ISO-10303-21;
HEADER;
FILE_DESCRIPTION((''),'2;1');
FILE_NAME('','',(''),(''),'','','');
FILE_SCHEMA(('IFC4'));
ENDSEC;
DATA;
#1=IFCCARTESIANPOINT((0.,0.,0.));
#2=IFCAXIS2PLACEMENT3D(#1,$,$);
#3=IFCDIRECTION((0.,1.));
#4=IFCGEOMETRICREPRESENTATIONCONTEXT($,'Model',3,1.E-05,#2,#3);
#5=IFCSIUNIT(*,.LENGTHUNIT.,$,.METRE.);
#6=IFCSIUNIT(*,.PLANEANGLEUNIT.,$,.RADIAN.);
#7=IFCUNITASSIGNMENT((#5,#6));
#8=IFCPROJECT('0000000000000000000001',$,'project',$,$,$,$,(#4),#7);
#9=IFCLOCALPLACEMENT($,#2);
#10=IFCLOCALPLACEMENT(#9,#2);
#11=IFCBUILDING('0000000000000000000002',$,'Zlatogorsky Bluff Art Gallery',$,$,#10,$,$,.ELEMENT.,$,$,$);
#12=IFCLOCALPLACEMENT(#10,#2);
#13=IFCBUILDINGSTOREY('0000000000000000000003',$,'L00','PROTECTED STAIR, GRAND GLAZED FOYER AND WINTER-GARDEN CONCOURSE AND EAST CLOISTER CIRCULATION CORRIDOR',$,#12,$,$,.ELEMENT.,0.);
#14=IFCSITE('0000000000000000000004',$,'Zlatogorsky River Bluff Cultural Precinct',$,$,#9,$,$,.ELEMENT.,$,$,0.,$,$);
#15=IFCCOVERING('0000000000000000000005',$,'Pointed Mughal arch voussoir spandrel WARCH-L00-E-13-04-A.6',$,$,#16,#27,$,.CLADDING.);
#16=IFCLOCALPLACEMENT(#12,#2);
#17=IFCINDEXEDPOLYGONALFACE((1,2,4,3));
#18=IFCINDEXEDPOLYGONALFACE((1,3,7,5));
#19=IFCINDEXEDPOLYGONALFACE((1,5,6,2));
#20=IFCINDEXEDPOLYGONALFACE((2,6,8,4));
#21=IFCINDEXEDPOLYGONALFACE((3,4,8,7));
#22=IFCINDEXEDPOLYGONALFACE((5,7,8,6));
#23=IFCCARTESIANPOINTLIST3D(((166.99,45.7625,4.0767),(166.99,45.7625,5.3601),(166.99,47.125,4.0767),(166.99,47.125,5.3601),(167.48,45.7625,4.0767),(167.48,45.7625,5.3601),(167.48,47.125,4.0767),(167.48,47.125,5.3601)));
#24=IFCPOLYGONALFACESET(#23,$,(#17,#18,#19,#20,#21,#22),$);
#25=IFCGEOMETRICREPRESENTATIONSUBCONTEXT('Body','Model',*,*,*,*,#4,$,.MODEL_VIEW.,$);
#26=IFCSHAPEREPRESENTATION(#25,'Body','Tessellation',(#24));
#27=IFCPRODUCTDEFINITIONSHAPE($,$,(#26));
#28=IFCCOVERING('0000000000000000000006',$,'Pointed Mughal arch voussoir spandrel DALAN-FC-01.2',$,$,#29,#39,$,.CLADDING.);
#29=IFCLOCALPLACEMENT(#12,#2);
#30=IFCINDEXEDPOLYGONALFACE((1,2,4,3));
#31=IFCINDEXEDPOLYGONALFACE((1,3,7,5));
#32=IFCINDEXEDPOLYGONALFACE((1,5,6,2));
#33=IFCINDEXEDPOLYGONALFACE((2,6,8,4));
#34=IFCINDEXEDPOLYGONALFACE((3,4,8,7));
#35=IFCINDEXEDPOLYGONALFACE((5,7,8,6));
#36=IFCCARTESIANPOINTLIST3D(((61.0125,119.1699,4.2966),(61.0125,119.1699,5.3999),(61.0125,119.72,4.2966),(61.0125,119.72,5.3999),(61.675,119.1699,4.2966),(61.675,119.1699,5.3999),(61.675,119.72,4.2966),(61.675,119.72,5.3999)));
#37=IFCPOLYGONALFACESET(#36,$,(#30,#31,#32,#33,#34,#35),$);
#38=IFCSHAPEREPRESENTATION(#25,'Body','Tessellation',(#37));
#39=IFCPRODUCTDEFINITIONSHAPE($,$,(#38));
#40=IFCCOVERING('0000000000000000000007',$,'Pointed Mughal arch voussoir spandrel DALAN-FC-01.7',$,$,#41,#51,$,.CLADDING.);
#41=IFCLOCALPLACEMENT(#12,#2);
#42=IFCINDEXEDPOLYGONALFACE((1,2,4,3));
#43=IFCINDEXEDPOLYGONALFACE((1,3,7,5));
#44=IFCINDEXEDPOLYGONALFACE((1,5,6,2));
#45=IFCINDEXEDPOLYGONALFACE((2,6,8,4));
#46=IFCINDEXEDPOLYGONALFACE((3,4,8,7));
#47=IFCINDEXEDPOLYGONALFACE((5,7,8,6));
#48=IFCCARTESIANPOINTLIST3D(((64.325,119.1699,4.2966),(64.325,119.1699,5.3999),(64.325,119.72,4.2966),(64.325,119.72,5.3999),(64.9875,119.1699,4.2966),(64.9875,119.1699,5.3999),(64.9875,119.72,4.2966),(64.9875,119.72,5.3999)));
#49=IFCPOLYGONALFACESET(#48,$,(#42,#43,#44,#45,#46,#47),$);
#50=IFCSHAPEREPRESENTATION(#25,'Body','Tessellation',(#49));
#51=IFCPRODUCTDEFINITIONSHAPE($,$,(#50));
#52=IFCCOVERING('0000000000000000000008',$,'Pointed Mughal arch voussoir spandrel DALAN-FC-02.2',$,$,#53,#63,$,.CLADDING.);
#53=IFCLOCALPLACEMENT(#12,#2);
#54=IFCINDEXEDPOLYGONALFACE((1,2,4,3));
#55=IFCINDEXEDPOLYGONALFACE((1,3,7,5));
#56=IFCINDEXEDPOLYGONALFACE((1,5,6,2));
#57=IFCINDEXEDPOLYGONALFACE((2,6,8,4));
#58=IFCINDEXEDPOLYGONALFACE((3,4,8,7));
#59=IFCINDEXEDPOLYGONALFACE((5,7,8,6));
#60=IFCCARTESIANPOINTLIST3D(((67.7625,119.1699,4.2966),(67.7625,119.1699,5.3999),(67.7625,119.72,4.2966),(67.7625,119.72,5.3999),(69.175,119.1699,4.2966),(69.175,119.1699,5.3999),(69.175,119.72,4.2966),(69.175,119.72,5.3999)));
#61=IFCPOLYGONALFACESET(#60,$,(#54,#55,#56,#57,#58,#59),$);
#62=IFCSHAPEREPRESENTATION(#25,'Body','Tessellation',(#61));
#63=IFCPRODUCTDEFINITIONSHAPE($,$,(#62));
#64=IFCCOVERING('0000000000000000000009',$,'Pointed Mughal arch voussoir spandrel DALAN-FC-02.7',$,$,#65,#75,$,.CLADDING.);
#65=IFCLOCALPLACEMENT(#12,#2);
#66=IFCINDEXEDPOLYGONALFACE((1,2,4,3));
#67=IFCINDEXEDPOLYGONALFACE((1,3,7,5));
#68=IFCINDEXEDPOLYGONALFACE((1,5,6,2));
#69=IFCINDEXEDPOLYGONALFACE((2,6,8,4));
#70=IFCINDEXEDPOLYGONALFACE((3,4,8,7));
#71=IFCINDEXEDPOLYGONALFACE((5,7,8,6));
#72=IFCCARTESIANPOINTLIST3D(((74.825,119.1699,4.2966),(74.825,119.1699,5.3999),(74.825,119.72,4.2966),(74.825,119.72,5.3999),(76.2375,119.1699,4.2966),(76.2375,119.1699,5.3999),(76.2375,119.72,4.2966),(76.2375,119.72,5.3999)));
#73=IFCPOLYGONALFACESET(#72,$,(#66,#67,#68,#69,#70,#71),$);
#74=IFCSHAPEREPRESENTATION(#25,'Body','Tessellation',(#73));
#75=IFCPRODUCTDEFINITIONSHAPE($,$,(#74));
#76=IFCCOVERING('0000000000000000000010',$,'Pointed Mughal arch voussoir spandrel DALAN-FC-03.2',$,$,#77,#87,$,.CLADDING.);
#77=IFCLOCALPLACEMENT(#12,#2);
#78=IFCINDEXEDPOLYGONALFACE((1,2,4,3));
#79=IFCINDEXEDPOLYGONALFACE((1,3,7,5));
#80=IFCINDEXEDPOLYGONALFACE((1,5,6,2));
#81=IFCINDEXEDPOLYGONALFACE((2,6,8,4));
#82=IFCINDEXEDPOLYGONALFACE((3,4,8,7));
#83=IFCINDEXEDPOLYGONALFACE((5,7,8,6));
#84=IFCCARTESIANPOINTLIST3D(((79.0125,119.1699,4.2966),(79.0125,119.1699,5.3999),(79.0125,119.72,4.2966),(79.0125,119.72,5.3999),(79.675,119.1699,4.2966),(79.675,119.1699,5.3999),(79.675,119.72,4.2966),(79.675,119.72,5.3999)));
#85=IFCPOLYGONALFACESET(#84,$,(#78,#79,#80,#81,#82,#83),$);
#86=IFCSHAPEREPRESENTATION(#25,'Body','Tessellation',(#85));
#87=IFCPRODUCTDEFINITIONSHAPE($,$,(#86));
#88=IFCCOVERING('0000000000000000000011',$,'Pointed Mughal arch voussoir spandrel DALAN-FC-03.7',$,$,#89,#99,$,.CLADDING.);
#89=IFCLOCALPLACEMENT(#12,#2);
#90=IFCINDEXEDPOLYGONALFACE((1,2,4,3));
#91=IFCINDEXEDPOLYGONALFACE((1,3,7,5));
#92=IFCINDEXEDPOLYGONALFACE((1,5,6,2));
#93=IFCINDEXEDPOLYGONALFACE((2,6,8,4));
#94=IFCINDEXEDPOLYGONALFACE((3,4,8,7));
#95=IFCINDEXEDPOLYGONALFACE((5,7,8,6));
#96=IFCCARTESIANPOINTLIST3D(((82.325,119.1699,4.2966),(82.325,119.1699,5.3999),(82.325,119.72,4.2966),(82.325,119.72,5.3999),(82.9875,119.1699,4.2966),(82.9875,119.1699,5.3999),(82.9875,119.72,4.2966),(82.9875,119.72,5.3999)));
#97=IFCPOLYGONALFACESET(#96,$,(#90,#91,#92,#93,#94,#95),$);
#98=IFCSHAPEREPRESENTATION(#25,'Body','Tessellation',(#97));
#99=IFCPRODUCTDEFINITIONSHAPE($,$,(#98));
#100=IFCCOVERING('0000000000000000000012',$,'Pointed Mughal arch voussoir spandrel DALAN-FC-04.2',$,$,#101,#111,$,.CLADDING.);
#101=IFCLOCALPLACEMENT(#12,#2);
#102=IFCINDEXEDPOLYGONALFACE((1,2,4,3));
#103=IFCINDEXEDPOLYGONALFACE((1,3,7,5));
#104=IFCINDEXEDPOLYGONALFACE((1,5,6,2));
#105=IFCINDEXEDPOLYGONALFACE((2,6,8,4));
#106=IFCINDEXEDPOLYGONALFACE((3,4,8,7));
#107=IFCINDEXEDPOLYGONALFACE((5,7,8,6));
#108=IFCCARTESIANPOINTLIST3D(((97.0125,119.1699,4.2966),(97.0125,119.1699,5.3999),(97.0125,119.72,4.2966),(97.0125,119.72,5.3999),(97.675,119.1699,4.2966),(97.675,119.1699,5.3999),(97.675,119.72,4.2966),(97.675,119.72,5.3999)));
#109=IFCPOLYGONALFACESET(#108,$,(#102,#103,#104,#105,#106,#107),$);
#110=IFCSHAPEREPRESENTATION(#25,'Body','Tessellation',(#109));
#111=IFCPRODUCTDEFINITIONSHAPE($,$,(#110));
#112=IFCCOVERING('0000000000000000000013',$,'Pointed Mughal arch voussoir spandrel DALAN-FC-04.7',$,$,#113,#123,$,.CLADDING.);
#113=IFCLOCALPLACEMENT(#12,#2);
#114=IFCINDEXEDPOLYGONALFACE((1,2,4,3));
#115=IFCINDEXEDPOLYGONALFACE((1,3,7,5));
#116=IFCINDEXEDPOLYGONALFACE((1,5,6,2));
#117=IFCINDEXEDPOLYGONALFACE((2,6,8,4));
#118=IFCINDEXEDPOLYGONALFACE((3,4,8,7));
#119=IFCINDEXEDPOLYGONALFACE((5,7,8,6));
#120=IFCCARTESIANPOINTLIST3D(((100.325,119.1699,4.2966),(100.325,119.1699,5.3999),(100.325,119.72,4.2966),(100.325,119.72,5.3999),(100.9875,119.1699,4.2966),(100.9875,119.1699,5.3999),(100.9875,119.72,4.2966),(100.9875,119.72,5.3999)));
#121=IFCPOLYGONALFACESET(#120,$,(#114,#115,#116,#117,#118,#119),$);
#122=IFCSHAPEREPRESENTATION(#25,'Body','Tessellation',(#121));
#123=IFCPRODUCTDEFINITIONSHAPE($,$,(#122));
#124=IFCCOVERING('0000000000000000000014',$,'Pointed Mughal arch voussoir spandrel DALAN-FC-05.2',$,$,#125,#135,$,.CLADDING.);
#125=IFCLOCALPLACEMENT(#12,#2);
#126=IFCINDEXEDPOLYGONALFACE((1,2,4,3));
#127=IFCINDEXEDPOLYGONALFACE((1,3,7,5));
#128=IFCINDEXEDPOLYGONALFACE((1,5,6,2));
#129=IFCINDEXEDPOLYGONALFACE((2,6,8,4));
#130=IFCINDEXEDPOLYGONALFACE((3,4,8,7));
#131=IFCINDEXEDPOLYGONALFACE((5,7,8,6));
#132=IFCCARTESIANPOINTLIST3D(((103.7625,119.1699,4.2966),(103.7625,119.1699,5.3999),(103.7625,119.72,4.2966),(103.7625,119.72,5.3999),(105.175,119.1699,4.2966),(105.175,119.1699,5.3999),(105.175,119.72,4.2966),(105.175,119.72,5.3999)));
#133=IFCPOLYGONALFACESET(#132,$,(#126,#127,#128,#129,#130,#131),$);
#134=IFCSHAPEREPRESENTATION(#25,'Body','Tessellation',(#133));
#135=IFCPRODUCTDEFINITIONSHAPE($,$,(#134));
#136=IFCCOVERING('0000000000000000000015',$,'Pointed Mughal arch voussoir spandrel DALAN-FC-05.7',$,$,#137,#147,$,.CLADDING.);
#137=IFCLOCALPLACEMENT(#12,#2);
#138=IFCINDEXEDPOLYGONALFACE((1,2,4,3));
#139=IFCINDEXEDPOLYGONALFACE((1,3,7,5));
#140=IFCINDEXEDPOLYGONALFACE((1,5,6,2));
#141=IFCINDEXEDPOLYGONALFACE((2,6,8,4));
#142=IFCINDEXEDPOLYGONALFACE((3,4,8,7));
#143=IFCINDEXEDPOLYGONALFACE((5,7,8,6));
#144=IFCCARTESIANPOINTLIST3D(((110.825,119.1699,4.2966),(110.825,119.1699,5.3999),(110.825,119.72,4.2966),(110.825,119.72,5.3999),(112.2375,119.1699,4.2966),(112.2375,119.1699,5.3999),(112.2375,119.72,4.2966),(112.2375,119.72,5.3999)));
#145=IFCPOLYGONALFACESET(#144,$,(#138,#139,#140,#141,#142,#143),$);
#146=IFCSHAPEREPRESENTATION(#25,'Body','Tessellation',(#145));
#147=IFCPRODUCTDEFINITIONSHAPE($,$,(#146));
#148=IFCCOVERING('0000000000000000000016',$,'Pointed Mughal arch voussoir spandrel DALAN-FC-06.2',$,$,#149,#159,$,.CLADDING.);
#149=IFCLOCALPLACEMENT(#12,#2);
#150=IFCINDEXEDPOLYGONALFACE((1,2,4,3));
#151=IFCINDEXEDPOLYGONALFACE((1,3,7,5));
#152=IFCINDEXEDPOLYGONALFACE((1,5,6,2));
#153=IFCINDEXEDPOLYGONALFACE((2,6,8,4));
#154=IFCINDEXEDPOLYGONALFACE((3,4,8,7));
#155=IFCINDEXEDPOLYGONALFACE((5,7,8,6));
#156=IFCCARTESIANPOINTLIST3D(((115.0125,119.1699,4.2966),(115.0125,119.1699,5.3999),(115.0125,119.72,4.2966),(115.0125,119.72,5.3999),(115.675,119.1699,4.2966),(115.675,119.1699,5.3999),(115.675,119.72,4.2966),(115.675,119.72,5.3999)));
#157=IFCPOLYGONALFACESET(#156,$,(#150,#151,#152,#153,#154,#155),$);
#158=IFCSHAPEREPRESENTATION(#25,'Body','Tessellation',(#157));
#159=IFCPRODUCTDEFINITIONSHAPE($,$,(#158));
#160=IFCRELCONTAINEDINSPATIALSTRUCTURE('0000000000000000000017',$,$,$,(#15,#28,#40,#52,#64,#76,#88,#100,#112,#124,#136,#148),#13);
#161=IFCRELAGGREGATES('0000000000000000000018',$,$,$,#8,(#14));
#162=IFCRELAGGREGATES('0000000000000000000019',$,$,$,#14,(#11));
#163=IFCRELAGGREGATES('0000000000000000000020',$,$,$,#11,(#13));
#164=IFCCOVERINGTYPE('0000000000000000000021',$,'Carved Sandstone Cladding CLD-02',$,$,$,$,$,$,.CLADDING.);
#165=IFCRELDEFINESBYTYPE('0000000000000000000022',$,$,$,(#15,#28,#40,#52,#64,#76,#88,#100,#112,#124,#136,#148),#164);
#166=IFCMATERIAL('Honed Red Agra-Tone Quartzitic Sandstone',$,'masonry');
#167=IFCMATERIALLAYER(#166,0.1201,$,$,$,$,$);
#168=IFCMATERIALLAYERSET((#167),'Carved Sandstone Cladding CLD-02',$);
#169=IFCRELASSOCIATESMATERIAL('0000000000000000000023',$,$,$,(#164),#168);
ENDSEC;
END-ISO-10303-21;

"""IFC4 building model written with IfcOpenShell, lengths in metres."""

from ifc_helpers import new_model, si_unit, direction, frame, origin, place, context, subcontext, project, spatial, polyline, outline, extrude, material, layer, layer_set, type_object, element, save


model = new_model("IFC4")

# Units and contexts
model_context = context("Model", 3, precision=1e-05, world=origin(), true_north=direction((0.0, 1.0)))
body_context = subcontext(model_context, "Body", "Model", "MODEL_VIEW")
ifc_project = project(units=[si_unit("LENGTHUNIT", "METRE"), si_unit("PLANEANGLEUNIT", "RADIAN")], contexts=[model_context])

# Site, building, storey
site_placement = place(None, origin())
site = spatial("IfcSite", under=ifc_project, at=site_placement, Name="Zlatogorsky River Bluff Cultural Precinct", CompositionType="ELEMENT", RefElevation=0.0)
building_placement = place(site_placement, origin())
building = spatial("IfcBuilding", under=site, at=building_placement, Name="Zlatogorsky Bluff Art Gallery", CompositionType="ELEMENT")
storey_placement = place(building_placement, origin())
storey = spatial("IfcBuildingStorey", under=building, at=storey_placement, Name="L00", Description="PROTECTED STAIR, GRAND GLAZED FOYER AND WINTER-GARDEN CONCOURSE AND EAST CLOISTER CIRCULATION CORRIDOR", CompositionType="ELEMENT", Elevation=0.0)

# Coverings
ifc_material = material(Name="Honed Red Agra-Tone Quartzitic Sandstone", Category="masonry")
ifc_layer = layer(ifc_material, 0.1201)
ifc_layer_set = layer_set([ifc_layer], Name="Carved Sandstone Cladding CLD-02")
covering_type = type_object("IfcCoveringType", Name="Carved Sandstone Cladding CLD-02", PredefinedType="CLADDING", material=ifc_layer_set)
covering_1_placement = place(storey_placement, frame((0.0, 0.0, 4.0767)))
element("IfcCovering", 1, at=covering_1_placement, inside=storey, type_object=covering_type, Name="Pointed Mughal arch voussoir spandrel WARCH-L00-E-13-04-A.6", PredefinedType="CLADDING", context=body_context, shape_type="SweptSolid", body=[
    extrude(outline(polyline([(166.99, 45.7625), (166.99, 47.125), (167.48, 47.125), (167.48, 45.7625), (166.99, 45.7625)])), origin(), (0.0, 0.0, 1.0), 1.2834),
])
covering_2_placement = place(storey_placement, frame((0.0, 0.0, 4.2966)))
element("IfcCovering", 2, at=covering_2_placement, inside=storey, type_object=covering_type, Name="Pointed Mughal arch voussoir spandrel DALAN-FC-01.2", PredefinedType="CLADDING", context=body_context, shape_type="SweptSolid", body=[
    extrude(outline(polyline([(61.0125, 119.1699), (61.675, 119.1699), (61.675, 119.72), (61.0125, 119.72), (61.0125, 119.1699)])), origin(), (0.0, 0.0, 1.0), 1.1033),
])
covering_3_placement = place(storey_placement, frame((0.0, 0.0, 4.2966)))
element("IfcCovering", 3, at=covering_3_placement, inside=storey, type_object=covering_type, Name="Pointed Mughal arch voussoir spandrel DALAN-FC-01.7", PredefinedType="CLADDING", context=body_context, shape_type="SweptSolid", body=[
    extrude(outline(polyline([(64.325, 119.1699), (64.9875, 119.1699), (64.9875, 119.72), (64.325, 119.72), (64.325, 119.1699)])), origin(), (0.0, 0.0, 1.0), 1.1033),
])
covering_4_placement = place(storey_placement, frame((0.0, 0.0, 4.2966)))
element("IfcCovering", 4, at=covering_4_placement, inside=storey, type_object=covering_type, Name="Pointed Mughal arch voussoir spandrel DALAN-FC-02.2", PredefinedType="CLADDING", context=body_context, shape_type="SweptSolid", body=[
    extrude(outline(polyline([(67.7625, 119.1699), (69.175, 119.1699), (69.175, 119.72), (67.7625, 119.72), (67.7625, 119.1699)])), origin(), (0.0, 0.0, 1.0), 1.1033),
])
covering_5_placement = place(storey_placement, frame((0.0, 0.0, 4.2966)))
element("IfcCovering", 5, at=covering_5_placement, inside=storey, type_object=covering_type, Name="Pointed Mughal arch voussoir spandrel DALAN-FC-02.7", PredefinedType="CLADDING", context=body_context, shape_type="SweptSolid", body=[
    extrude(outline(polyline([(74.825, 119.1699), (76.2375, 119.1699), (76.2375, 119.72), (74.825, 119.72), (74.825, 119.1699)])), origin(), (0.0, 0.0, 1.0), 1.1033),
])
covering_6_placement = place(storey_placement, frame((0.0, 0.0, 4.2966)))
element("IfcCovering", 6, at=covering_6_placement, inside=storey, type_object=covering_type, Name="Pointed Mughal arch voussoir spandrel DALAN-FC-03.2", PredefinedType="CLADDING", context=body_context, shape_type="SweptSolid", body=[
    extrude(outline(polyline([(79.0125, 119.1699), (79.675, 119.1699), (79.675, 119.72), (79.0125, 119.72), (79.0125, 119.1699)])), origin(), (0.0, 0.0, 1.0), 1.1033),
])
covering_7_placement = place(storey_placement, frame((0.0, 0.0, 4.2966)))
element("IfcCovering", 7, at=covering_7_placement, inside=storey, type_object=covering_type, Name="Pointed Mughal arch voussoir spandrel DALAN-FC-03.7", PredefinedType="CLADDING", context=body_context, shape_type="SweptSolid", body=[
    extrude(outline(polyline([(82.325, 119.1699), (82.9875, 119.1699), (82.9875, 119.72), (82.325, 119.72), (82.325, 119.1699)])), origin(), (0.0, 0.0, 1.0), 1.1033),
])
covering_8_placement = place(storey_placement, frame((0.0, 0.0, 4.2966)))
element("IfcCovering", 8, at=covering_8_placement, inside=storey, type_object=covering_type, Name="Pointed Mughal arch voussoir spandrel DALAN-FC-04.2", PredefinedType="CLADDING", context=body_context, shape_type="SweptSolid", body=[
    extrude(outline(polyline([(97.0125, 119.1699), (97.675, 119.1699), (97.675, 119.72), (97.0125, 119.72), (97.0125, 119.1699)])), origin(), (0.0, 0.0, 1.0), 1.1033),
])
covering_9_placement = place(storey_placement, frame((0.0, 0.0, 4.2966)))
element("IfcCovering", 9, at=covering_9_placement, inside=storey, type_object=covering_type, Name="Pointed Mughal arch voussoir spandrel DALAN-FC-04.7", PredefinedType="CLADDING", context=body_context, shape_type="SweptSolid", body=[
    extrude(outline(polyline([(100.325, 119.1699), (100.9875, 119.1699), (100.9875, 119.72), (100.325, 119.72), (100.325, 119.1699)])), origin(), (0.0, 0.0, 1.0), 1.1033),
])
covering_10_placement = place(storey_placement, frame((0.0, 0.0, 4.2966)))
element("IfcCovering", 10, at=covering_10_placement, inside=storey, type_object=covering_type, Name="Pointed Mughal arch voussoir spandrel DALAN-FC-05.2", PredefinedType="CLADDING", context=body_context, shape_type="SweptSolid", body=[
    extrude(outline(polyline([(103.7625, 119.1699), (105.175, 119.1699), (105.175, 119.72), (103.7625, 119.72), (103.7625, 119.1699)])), origin(), (0.0, 0.0, 1.0), 1.1033),
])
covering_11_placement = place(storey_placement, frame((0.0, 0.0, 4.2966)))
element("IfcCovering", 11, at=covering_11_placement, inside=storey, type_object=covering_type, Name="Pointed Mughal arch voussoir spandrel DALAN-FC-05.7", PredefinedType="CLADDING", context=body_context, shape_type="SweptSolid", body=[
    extrude(outline(polyline([(110.825, 119.1699), (112.2375, 119.1699), (112.2375, 119.72), (110.825, 119.72), (110.825, 119.1699)])), origin(), (0.0, 0.0, 1.0), 1.1033),
])
covering_12_placement = place(storey_placement, frame((0.0, 0.0, 4.2966)))
element("IfcCovering", 12, at=covering_12_placement, inside=storey, type_object=covering_type, Name="Pointed Mughal arch voussoir spandrel DALAN-FC-06.2", PredefinedType="CLADDING", context=body_context, shape_type="SweptSolid", body=[
    extrude(outline(polyline([(115.0125, 119.1699), (115.675, 119.1699), (115.675, 119.72), (115.0125, 119.72), (115.0125, 119.1699)])), origin(), (0.0, 0.0, 1.0), 1.1033),
])

save(model, "model.ifc")
